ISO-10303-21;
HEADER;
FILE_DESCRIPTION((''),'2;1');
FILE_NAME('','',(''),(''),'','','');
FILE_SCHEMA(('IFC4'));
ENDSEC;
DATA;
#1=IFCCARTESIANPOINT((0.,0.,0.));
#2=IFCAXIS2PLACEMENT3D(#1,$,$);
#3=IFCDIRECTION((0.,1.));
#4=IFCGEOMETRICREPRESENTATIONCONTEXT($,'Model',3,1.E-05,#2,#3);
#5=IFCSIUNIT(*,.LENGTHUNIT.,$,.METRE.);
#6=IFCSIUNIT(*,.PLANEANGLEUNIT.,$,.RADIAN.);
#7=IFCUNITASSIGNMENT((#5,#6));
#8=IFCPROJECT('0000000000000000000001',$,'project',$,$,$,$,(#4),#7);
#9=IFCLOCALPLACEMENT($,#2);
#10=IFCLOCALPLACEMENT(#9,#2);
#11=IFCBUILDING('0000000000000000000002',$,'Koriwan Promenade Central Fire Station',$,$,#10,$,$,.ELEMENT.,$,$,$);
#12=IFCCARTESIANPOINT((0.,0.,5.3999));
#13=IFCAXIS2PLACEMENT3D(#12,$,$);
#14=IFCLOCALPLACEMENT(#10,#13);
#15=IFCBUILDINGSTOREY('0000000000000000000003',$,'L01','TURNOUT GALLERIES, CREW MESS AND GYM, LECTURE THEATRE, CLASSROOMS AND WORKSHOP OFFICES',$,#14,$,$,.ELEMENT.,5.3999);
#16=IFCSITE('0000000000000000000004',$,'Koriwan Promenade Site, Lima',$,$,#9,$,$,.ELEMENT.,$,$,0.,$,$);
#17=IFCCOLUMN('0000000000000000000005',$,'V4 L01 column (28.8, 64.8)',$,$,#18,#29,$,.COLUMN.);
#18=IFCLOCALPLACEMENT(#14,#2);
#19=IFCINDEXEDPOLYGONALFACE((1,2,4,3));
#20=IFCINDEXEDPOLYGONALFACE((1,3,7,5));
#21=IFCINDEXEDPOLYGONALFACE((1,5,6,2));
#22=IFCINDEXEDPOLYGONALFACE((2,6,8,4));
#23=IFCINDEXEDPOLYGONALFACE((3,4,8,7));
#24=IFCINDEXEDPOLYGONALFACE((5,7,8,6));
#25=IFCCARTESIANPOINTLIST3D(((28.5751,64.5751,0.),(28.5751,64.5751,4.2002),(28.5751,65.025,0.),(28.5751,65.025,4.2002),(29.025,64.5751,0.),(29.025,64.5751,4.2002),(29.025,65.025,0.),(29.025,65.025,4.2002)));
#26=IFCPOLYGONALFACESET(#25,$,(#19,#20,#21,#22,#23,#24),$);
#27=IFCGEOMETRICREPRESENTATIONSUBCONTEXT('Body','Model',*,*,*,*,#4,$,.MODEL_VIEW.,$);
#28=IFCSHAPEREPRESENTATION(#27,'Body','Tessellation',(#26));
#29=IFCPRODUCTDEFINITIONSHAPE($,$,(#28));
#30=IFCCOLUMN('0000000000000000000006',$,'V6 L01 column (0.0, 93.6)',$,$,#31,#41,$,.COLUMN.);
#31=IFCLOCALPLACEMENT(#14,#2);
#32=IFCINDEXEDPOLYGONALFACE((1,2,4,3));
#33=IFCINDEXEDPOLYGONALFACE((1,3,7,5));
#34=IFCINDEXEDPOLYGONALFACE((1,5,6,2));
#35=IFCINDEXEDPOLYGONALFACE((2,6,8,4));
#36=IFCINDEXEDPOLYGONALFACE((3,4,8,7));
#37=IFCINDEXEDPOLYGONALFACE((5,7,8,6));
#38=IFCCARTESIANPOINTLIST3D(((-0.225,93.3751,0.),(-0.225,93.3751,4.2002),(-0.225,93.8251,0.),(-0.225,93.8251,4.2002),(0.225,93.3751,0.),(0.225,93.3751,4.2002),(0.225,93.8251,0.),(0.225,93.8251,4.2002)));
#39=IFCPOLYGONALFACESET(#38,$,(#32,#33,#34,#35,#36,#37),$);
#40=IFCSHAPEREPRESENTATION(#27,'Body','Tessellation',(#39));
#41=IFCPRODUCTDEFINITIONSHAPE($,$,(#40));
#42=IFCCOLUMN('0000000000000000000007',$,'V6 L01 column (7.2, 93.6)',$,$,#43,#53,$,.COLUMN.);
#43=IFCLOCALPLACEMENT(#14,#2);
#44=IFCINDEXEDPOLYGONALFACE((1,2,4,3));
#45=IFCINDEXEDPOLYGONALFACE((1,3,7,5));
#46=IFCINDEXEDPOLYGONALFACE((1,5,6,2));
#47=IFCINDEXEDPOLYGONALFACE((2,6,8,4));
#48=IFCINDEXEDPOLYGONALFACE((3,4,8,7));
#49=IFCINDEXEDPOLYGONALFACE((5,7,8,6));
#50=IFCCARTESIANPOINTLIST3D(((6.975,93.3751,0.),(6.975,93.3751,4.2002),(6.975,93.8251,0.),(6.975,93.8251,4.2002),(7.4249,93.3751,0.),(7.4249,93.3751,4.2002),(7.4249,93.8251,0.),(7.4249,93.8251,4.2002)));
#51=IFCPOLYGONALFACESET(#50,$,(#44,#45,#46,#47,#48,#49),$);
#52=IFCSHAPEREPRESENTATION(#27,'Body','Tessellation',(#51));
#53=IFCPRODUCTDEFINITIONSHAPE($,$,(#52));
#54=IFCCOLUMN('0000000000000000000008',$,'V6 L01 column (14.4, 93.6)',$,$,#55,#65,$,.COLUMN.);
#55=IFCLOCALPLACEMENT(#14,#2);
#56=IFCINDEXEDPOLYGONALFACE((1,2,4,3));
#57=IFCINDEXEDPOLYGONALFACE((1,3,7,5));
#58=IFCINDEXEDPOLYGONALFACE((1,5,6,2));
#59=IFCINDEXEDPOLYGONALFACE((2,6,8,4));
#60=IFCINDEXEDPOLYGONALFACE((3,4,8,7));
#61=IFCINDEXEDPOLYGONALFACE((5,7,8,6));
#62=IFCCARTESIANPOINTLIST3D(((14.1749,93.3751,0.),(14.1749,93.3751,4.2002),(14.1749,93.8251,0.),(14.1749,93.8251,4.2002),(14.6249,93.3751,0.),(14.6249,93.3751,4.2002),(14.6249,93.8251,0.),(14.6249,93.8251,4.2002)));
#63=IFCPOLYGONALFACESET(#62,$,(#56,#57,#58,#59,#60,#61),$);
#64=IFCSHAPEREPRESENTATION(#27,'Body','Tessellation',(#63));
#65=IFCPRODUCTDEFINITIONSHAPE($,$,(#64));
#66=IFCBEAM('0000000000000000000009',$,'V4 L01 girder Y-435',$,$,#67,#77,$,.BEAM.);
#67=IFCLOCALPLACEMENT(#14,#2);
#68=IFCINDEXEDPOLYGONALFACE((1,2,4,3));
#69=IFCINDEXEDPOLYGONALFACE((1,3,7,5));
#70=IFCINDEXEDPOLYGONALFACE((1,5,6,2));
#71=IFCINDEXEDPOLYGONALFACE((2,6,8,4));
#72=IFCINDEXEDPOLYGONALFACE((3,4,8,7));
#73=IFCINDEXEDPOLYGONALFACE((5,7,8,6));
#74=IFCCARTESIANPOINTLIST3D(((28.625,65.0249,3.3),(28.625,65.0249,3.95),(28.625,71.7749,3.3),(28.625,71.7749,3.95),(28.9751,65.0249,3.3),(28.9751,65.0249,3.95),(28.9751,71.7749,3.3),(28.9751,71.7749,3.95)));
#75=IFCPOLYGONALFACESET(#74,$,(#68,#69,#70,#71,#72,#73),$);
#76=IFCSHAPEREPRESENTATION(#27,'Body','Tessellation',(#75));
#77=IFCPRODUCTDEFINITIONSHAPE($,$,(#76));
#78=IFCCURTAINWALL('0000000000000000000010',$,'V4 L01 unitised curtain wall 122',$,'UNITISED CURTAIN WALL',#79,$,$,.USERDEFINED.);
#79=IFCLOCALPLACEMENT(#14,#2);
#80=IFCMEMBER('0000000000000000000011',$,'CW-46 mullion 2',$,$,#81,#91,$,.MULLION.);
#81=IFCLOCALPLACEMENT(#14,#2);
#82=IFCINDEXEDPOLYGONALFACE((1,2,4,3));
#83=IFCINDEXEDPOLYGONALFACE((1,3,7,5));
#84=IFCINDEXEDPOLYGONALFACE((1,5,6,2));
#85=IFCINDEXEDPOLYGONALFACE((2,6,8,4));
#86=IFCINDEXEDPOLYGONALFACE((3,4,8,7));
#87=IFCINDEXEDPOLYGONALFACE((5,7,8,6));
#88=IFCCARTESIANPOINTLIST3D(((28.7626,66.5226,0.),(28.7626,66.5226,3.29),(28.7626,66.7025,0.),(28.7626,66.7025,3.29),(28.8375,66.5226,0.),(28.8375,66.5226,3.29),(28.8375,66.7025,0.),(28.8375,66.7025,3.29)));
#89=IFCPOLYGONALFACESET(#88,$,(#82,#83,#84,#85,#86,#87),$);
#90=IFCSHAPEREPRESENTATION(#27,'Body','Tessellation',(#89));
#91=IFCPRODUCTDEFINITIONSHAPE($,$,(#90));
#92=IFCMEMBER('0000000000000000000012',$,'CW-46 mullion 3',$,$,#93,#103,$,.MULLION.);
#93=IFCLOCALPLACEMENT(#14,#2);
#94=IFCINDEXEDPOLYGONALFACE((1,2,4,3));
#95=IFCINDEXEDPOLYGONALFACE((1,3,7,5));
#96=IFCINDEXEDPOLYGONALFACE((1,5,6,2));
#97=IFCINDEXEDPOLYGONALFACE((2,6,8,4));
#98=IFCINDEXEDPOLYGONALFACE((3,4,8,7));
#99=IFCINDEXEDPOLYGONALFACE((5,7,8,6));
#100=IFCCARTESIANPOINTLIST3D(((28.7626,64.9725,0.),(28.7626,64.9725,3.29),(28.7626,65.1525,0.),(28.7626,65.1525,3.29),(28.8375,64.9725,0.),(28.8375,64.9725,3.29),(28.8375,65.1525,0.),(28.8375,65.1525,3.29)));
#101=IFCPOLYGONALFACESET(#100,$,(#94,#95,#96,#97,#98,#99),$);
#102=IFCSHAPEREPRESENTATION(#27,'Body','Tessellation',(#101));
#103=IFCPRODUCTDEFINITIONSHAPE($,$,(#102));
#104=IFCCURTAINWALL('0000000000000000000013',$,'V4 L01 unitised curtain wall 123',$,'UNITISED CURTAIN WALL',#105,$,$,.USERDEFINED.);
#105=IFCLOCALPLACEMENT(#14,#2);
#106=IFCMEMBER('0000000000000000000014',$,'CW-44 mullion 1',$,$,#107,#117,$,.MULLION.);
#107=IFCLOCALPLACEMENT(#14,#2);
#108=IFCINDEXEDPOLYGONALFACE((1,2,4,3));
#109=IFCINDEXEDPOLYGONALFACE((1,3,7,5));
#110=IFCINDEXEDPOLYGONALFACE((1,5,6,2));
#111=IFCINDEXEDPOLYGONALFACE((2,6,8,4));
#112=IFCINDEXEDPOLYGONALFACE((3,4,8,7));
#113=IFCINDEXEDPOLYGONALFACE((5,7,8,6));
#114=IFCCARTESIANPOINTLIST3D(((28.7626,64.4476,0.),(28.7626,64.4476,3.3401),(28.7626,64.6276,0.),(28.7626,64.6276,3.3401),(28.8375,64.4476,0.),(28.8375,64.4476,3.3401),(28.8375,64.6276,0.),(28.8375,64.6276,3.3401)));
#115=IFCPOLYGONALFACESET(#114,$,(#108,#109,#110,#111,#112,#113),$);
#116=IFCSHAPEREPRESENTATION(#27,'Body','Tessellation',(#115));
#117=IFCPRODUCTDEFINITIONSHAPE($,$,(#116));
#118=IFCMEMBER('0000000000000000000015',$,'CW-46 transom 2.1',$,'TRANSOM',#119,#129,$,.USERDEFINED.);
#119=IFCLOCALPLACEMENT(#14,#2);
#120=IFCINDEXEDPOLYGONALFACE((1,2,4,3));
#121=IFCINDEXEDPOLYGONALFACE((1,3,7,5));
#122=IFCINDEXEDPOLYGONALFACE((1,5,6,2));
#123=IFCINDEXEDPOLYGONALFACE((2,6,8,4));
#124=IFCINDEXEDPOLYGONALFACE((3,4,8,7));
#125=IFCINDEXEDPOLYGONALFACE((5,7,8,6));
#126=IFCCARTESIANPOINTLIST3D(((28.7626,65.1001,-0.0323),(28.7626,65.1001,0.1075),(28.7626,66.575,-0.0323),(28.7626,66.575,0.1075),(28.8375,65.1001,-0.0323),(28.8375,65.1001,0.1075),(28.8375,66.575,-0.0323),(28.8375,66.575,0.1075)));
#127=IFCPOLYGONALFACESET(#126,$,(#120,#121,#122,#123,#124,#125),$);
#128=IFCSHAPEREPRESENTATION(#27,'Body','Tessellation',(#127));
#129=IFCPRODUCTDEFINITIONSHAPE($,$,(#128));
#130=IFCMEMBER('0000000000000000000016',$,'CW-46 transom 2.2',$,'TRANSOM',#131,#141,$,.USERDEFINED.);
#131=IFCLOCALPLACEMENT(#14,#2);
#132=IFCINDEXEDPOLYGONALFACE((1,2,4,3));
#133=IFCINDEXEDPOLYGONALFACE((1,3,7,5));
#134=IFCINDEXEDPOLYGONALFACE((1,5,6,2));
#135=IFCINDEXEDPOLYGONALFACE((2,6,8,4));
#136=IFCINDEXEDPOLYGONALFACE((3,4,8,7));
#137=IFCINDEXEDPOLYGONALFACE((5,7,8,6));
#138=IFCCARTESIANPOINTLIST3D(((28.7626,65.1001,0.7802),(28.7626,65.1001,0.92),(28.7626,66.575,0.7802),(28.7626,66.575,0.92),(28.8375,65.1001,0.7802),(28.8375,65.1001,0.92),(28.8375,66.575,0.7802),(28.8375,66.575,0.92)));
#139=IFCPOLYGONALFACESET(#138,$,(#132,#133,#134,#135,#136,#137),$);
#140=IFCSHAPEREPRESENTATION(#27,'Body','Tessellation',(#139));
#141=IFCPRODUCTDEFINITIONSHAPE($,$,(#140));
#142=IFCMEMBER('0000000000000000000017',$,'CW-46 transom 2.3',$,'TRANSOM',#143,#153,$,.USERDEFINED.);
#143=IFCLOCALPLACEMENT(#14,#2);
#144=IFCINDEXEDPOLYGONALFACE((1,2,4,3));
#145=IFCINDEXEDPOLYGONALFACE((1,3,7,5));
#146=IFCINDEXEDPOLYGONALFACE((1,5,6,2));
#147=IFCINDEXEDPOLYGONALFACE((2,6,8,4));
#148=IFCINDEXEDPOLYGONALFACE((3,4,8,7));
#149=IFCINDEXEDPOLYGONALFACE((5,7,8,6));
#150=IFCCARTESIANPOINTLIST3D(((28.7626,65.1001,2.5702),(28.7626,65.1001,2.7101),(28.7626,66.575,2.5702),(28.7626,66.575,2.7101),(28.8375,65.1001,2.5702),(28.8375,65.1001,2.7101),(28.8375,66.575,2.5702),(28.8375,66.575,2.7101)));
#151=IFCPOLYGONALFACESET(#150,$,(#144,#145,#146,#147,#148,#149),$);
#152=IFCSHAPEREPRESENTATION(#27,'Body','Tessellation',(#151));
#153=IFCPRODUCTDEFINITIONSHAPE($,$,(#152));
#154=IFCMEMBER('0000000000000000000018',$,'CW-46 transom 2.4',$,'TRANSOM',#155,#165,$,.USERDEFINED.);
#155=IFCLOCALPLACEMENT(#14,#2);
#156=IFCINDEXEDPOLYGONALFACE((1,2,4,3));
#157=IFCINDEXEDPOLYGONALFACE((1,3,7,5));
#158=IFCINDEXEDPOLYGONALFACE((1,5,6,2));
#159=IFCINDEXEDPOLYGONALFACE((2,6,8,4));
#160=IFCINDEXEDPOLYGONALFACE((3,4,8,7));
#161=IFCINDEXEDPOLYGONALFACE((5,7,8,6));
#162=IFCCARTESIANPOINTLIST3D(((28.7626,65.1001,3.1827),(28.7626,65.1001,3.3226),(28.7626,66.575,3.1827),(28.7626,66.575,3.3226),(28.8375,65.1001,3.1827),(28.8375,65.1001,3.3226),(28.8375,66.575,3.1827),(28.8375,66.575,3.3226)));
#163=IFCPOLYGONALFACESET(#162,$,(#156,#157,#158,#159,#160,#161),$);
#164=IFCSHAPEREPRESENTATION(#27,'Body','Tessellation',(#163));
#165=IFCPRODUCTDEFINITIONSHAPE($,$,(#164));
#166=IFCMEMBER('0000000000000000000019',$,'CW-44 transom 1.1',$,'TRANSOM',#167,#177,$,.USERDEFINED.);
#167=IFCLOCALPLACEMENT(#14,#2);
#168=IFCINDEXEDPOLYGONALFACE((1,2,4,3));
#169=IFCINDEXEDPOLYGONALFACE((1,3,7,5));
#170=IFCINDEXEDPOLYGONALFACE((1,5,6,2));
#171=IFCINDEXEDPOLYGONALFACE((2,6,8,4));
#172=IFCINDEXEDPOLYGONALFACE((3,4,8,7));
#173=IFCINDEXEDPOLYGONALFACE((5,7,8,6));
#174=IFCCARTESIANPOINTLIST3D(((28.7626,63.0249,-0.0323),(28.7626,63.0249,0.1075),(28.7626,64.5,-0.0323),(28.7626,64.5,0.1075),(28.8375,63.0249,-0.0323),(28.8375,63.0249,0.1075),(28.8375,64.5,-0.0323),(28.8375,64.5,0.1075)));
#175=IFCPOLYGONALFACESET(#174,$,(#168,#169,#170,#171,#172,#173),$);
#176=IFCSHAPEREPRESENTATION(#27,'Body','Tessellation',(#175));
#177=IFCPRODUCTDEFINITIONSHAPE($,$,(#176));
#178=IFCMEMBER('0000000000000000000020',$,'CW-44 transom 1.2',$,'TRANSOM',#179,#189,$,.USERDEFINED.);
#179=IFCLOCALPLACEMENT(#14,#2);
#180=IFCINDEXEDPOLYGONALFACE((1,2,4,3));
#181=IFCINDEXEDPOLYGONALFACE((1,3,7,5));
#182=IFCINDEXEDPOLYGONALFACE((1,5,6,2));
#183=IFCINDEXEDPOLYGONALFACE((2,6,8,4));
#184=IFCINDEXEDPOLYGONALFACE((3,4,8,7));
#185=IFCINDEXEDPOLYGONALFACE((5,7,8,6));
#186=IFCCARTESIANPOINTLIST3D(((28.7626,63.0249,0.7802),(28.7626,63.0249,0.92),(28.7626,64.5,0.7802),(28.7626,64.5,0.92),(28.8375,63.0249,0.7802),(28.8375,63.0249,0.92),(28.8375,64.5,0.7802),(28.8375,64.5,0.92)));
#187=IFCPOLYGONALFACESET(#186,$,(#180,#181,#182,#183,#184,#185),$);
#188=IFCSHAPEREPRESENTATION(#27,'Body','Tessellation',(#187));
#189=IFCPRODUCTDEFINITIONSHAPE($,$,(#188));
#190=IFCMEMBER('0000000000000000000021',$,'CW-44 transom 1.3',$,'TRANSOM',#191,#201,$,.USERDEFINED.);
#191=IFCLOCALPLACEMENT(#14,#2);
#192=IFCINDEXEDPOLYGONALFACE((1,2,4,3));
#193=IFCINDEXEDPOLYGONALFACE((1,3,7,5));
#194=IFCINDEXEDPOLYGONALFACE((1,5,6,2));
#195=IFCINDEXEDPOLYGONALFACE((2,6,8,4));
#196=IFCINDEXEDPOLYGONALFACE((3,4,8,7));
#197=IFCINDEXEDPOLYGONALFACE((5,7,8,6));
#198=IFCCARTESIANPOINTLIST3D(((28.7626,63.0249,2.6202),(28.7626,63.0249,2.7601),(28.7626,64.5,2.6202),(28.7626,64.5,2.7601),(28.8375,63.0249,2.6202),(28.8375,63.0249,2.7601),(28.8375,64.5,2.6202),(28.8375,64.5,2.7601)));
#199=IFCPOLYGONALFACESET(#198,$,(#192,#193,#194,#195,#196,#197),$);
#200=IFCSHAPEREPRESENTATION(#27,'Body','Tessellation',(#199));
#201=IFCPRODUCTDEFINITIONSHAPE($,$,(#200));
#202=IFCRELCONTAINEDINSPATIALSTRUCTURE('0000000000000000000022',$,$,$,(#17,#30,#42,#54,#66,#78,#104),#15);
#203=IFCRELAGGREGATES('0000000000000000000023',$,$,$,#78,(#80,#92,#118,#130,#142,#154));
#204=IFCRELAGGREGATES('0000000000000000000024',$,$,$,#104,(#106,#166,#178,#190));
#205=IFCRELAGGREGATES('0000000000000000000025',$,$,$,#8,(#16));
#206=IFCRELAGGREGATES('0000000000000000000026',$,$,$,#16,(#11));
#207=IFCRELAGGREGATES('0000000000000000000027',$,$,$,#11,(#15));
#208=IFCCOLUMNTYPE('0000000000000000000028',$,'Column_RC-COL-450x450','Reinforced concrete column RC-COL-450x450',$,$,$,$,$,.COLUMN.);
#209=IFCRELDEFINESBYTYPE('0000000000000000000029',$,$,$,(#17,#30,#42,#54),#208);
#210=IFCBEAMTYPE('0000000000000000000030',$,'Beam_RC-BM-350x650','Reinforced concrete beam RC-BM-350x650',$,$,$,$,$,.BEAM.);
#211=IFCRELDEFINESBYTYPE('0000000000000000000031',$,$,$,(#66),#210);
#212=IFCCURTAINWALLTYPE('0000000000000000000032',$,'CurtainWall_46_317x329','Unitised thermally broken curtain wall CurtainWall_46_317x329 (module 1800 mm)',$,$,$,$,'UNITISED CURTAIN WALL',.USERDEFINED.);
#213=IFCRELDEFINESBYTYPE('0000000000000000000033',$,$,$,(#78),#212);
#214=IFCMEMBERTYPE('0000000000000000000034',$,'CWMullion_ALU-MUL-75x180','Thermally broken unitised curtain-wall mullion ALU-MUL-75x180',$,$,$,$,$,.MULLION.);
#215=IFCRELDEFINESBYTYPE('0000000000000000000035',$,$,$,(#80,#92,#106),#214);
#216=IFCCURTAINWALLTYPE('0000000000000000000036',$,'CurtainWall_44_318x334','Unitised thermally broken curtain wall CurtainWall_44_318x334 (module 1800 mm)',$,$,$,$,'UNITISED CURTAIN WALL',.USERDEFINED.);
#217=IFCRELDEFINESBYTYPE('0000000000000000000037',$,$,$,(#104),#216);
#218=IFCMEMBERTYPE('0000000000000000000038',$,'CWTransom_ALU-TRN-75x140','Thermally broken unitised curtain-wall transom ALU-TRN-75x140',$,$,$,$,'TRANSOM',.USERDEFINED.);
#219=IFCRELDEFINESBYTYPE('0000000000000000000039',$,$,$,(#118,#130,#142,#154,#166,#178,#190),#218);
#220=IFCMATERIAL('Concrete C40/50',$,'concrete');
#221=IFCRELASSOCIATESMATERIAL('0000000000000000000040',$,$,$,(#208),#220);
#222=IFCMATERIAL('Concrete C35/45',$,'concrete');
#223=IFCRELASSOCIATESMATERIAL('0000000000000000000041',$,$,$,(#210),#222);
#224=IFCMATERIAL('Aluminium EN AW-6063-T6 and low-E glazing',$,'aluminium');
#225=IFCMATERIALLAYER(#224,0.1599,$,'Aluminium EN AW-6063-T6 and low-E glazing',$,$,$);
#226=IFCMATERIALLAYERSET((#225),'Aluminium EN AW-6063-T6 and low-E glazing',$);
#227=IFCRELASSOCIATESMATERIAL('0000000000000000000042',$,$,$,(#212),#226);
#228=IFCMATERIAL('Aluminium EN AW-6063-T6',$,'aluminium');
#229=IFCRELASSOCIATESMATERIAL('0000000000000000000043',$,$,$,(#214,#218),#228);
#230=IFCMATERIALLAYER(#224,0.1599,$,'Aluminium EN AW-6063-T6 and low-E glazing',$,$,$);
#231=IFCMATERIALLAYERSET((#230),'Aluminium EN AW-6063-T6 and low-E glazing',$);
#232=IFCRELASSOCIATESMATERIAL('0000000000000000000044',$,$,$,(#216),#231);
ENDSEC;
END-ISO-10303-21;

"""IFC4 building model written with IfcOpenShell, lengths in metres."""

from ifc_helpers import new_model, si_unit, direction, frame, origin, origin_2d, place, context, subcontext, project, spatial, rectangle, extrude, material, layer, layer_set, material_profile, profile_set, type_object, element, aggregate, save


model = new_model("IFC4")

# Units and contexts
model_context = context("Model", 3, precision=1e-05, world=origin(), true_north=direction((0.0, 1.0)))
body_context = subcontext(model_context, "Body", "Model", "MODEL_VIEW")
ifc_project = project(units=[si_unit("LENGTHUNIT", "METRE"), si_unit("PLANEANGLEUNIT", "RADIAN")], contexts=[model_context])

# Site, building, storey
site_placement = place(None, origin())
site = spatial("IfcSite", under=ifc_project, at=site_placement, Name="Koriwan Promenade Site, Lima", CompositionType="ELEMENT", RefElevation=0.0)
building_placement = place(site_placement, origin())
building = spatial("IfcBuilding", under=site, at=building_placement, Name="Koriwan Promenade Central Fire Station", CompositionType="ELEMENT")
storey_placement = place(building_placement, frame((0.0, 0.0, 5.3999)))
storey = spatial("IfcBuildingStorey", under=building, at=storey_placement, Name="L01", Description="TURNOUT GALLERIES, CREW MESS AND GYM, LECTURE THEATRE, CLASSROOMS AND WORKSHOP OFFICES", CompositionType="ELEMENT", Elevation=5.3999)

# Columns
ifc_material_1 = material(Name="Concrete C40/50", Category="concrete")
ifc_material_profile_1 = material_profile(ifc_material_1, rectangle(XDim=0.45, YDim=0.45, at=origin_2d()), Name="RC-COL-450x450")
ifc_profile_set_1 = profile_set([ifc_material_profile_1], Name="Concrete C40/50")
column_type = type_object("IfcColumnType", Name="Column_RC-COL-450x450", Description="Reinforced concrete column RC-COL-450x450", PredefinedType="COLUMN", material=ifc_profile_set_1)
for number, where, z_axis, x_axis, name in (
    (1, (28.8, 64.8, 0.0), (0.0, 0.0, 1.0), (1.0, 0.0, 0.0), "V4 L01 column (28.8, 64.8)"),
    (2, (0.0, 93.6001, 0.0), (0.0, 0.0, 1.0), (1.0, 0.0, 0.0), "V6 L01 column (0.0, 93.6)"),
    (3, (7.2, 93.6001, 0.0), (0.0, 0.0, 1.0), (1.0, 0.0, 0.0), "V6 L01 column (7.2, 93.6)"),
    (4, (14.3999, 93.6001, 0.0), (0.0, 0.0, 1.0), (1.0, 0.0, 0.0), "V6 L01 column (14.4, 93.6)"),
):
    element("IfcColumn", number, at=place(storey_placement, frame(where, z_axis=z_axis, x_axis=x_axis)), inside=storey, type_object=column_type, Name=name, PredefinedType="COLUMN", context=body_context, shape_type="SweptSolid", body=[
        extrude(rectangle(XDim=0.45, YDim=0.45, at=origin_2d()), origin(), (0.0, 0.0, 1.0), 4.2002),
    ])

# Beam
ifc_material_2 = material(Name="Concrete C35/45", Category="concrete")
ifc_material_profile_2 = material_profile(ifc_material_2, rectangle(XDim=0.3501, YDim=0.6499, at=origin_2d()), Name="RC-BM-350x650")
ifc_profile_set_2 = profile_set([ifc_material_profile_2], Name="Concrete C35/45")
beam_type_1 = type_object("IfcBeamType", Name="Beam_RC-BM-350x650", Description="Reinforced concrete beam RC-BM-350x650", PredefinedType="BEAM", material=ifc_profile_set_2)
beam_placement = place(storey_placement, frame((28.8, 65.0249, 3.625), z_axis=(0.0, 1.0, 0.0), x_axis=(-1.0, 0.0, 0.0)))
element("IfcBeam", 5, at=beam_placement, inside=storey, type_object=beam_type_1, Name="V4 L01 girder Y-435", PredefinedType="BEAM", context=body_context, shape_type="SweptSolid", body=[
    extrude(rectangle(XDim=0.3501, YDim=0.6499, at=origin_2d()), origin(), (0.0, 0.0, 1.0), 6.75),
])

# Curtain wall, members
ifc_material_3 = material(Name="Aluminium EN AW-6063-T6 and low-E glazing", Category="aluminium")
ifc_layer_1 = layer(ifc_material_3, 0.1599, Name="Aluminium EN AW-6063-T6 and low-E glazing")
ifc_layer_set_1 = layer_set([ifc_layer_1], Name="Aluminium EN AW-6063-T6 and low-E glazing")
curtain_wall_type_1 = type_object("IfcCurtainWallType", Name="CurtainWall_46_317x329", Description="Unitised thermally broken curtain wall CurtainWall_46_317x329 (module 1800 mm)", ElementType="UNITISED CURTAIN WALL", PredefinedType="USERDEFINED", material=ifc_layer_set_1)
curtain_wall_1_placement = place(storey_placement, origin())
curtain_wall_1 = element("IfcCurtainWall", 6, at=curtain_wall_1_placement, inside=storey, type_object=curtain_wall_type_1, Name="V4 L01 unitised curtain wall 122", ObjectType="UNITISED CURTAIN WALL", PredefinedType="USERDEFINED")
ifc_material_4 = material(Name="Aluminium EN AW-6063-T6", Category="aluminium")
ifc_material_profile_3 = material_profile(ifc_material_4, rectangle(XDim=0.075, YDim=0.1799, at=origin_2d()), Name="ALU-MUL-75x180")
ifc_profile_set_3 = profile_set([ifc_material_profile_3], Name="Aluminium EN AW-6063-T6")
member_type_1 = type_object("IfcMemberType", Name="CWMullion_ALU-MUL-75x180", Description="Thermally broken unitised curtain-wall mullion ALU-MUL-75x180", PredefinedType="MULLION", material=ifc_profile_set_3)
member_1_placement = place(storey_placement, frame((28.8, 66.6125, 0.0), z_axis=(0.0, 0.0, 1.0), x_axis=(1.0, 0.0, 0.0)))
member_1 = element("IfcMember", 7, at=member_1_placement, type_object=member_type_1, Name="CW-46 mullion 2", PredefinedType="MULLION", context=body_context, shape_type="SweptSolid", body=[
    extrude(rectangle(XDim=0.075, YDim=0.1799, at=origin_2d()), origin(), (0.0, 0.0, 1.0), 3.29),
])
member_2_placement = place(storey_placement, frame((28.8, 65.0625, 0.0), z_axis=(0.0, 0.0, 1.0), x_axis=(1.0, 0.0, 0.0)))
member_2 = element("IfcMember", 8, at=member_2_placement, type_object=member_type_1, Name="CW-46 mullion 3", PredefinedType="MULLION", context=body_context, shape_type="SweptSolid", body=[
    extrude(rectangle(XDim=0.075, YDim=0.1799, at=origin_2d()), origin(), (0.0, 0.0, 1.0), 3.29),
])

# Curtain wall, member
ifc_layer_2 = layer(ifc_material_3, 0.1599, Name="Aluminium EN AW-6063-T6 and low-E glazing")
ifc_layer_set_2 = layer_set([ifc_layer_2], Name="Aluminium EN AW-6063-T6 and low-E glazing")
curtain_wall_type_2 = type_object("IfcCurtainWallType", Name="CurtainWall_44_318x334", Description="Unitised thermally broken curtain wall CurtainWall_44_318x334 (module 1800 mm)", ElementType="UNITISED CURTAIN WALL", PredefinedType="USERDEFINED", material=ifc_layer_set_2)
curtain_wall_2_placement = place(storey_placement, origin())
curtain_wall_2 = element("IfcCurtainWall", 9, at=curtain_wall_2_placement, inside=storey, type_object=curtain_wall_type_2, Name="V4 L01 unitised curtain wall 123", ObjectType="UNITISED CURTAIN WALL", PredefinedType="USERDEFINED")
member_3_placement = place(storey_placement, frame((28.8, 64.5376, 0.0), z_axis=(0.0, 0.0, 1.0), x_axis=(1.0, 0.0, 0.0)))
member_3 = element("IfcMember", 10, at=member_3_placement, type_object=member_type_1, Name="CW-44 mullion 1", PredefinedType="MULLION", context=body_context, shape_type="SweptSolid", body=[
    extrude(rectangle(XDim=0.075, YDim=0.1799, at=origin_2d()), origin(), (0.0, 0.0, 1.0), 3.3401),
])

# Members
ifc_material_profile_4 = material_profile(ifc_material_4, rectangle(XDim=0.075, YDim=0.1399, at=origin_2d()), Name="ALU-TRN-75x140")
ifc_profile_set_4 = profile_set([ifc_material_profile_4], Name="Aluminium EN AW-6063-T6")
member_type_2 = type_object("IfcMemberType", Name="CWTransom_ALU-TRN-75x140", Description="Thermally broken unitised curtain-wall transom ALU-TRN-75x140", ElementType="TRANSOM", PredefinedType="USERDEFINED", material=ifc_profile_set_4)
member_4_placement = place(storey_placement, frame((28.8, 66.575, 0.0376), z_axis=(0.0, -1.0, 0.0), x_axis=(1.0, 0.0, 0.0)))
member_4 = element("IfcMember", 11, at=member_4_placement, type_object=member_type_2, Name="CW-46 transom 2.1", ObjectType="TRANSOM", PredefinedType="USERDEFINED", context=body_context, shape_type="SweptSolid", body=[
    extrude(rectangle(XDim=0.075, YDim=0.1399, at=origin_2d()), origin(), (0.0, 0.0, 1.0), 1.4749),
])
member_5_placement = place(storey_placement, frame((28.8, 66.575, 0.8501), z_axis=(0.0, -1.0, 0.0), x_axis=(1.0, 0.0, 0.0)))
member_5 = element("IfcMember", 12, at=member_5_placement, type_object=member_type_2, Name="CW-46 transom 2.2", ObjectType="TRANSOM", PredefinedType="USERDEFINED", context=body_context, shape_type="SweptSolid", body=[
    extrude(rectangle(XDim=0.075, YDim=0.1399, at=origin_2d()), origin(), (0.0, 0.0, 1.0), 1.4749),
])
member_6_placement = place(storey_placement, frame((28.8, 66.575, 2.6401), z_axis=(0.0, -1.0, 0.0), x_axis=(1.0, 0.0, 0.0)))
member_6 = element("IfcMember", 13, at=member_6_placement, type_object=member_type_2, Name="CW-46 transom 2.3", ObjectType="TRANSOM", PredefinedType="USERDEFINED", context=body_context, shape_type="SweptSolid", body=[
    extrude(rectangle(XDim=0.075, YDim=0.1399, at=origin_2d()), origin(), (0.0, 0.0, 1.0), 1.4749),
])
member_7_placement = place(storey_placement, frame((28.8, 66.575, 3.2527), z_axis=(0.0, -1.0, 0.0), x_axis=(1.0, 0.0, 0.0)))
member_7 = element("IfcMember", 14, at=member_7_placement, type_object=member_type_2, Name="CW-46 transom 2.4", ObjectType="TRANSOM", PredefinedType="USERDEFINED", context=body_context, shape_type="SweptSolid", body=[
    extrude(rectangle(XDim=0.075, YDim=0.1399, at=origin_2d()), origin(), (0.0, 0.0, 1.0), 1.4749),
])
member_8_placement = place(storey_placement, frame((28.8, 64.5, 0.0376), z_axis=(0.0, -1.0, 0.0), x_axis=(1.0, 0.0, 0.0)))
member_8 = element("IfcMember", 15, at=member_8_placement, type_object=member_type_2, Name="CW-44 transom 1.1", ObjectType="TRANSOM", PredefinedType="USERDEFINED", context=body_context, shape_type="SweptSolid", body=[
    extrude(rectangle(XDim=0.075, YDim=0.1399, at=origin_2d()), origin(), (0.0, 0.0, 1.0), 1.4751),
])
member_9_placement = place(storey_placement, frame((28.8, 64.5, 0.8501), z_axis=(0.0, -1.0, 0.0), x_axis=(1.0, 0.0, 0.0)))
member_9 = element("IfcMember", 16, at=member_9_placement, type_object=member_type_2, Name="CW-44 transom 1.2", ObjectType="TRANSOM", PredefinedType="USERDEFINED", context=body_context, shape_type="SweptSolid", body=[
    extrude(rectangle(XDim=0.075, YDim=0.1399, at=origin_2d()), origin(), (0.0, 0.0, 1.0), 1.4751),
])
member_10_placement = place(storey_placement, frame((28.8, 64.5, 2.6902), z_axis=(0.0, -1.0, 0.0), x_axis=(1.0, 0.0, 0.0)))
member_10 = element("IfcMember", 17, at=member_10_placement, type_object=member_type_2, Name="CW-44 transom 1.3", ObjectType="TRANSOM", PredefinedType="USERDEFINED", context=body_context, shape_type="SweptSolid", body=[
    extrude(rectangle(XDim=0.075, YDim=0.1399, at=origin_2d()), origin(), (0.0, 0.0, 1.0), 1.4751),
])

aggregate(curtain_wall_1, [member_1, member_2, member_4, member_5, member_6, member_7])
aggregate(curtain_wall_2, [member_3, member_8, member_9, member_10])

save(model, "model.ifc")
